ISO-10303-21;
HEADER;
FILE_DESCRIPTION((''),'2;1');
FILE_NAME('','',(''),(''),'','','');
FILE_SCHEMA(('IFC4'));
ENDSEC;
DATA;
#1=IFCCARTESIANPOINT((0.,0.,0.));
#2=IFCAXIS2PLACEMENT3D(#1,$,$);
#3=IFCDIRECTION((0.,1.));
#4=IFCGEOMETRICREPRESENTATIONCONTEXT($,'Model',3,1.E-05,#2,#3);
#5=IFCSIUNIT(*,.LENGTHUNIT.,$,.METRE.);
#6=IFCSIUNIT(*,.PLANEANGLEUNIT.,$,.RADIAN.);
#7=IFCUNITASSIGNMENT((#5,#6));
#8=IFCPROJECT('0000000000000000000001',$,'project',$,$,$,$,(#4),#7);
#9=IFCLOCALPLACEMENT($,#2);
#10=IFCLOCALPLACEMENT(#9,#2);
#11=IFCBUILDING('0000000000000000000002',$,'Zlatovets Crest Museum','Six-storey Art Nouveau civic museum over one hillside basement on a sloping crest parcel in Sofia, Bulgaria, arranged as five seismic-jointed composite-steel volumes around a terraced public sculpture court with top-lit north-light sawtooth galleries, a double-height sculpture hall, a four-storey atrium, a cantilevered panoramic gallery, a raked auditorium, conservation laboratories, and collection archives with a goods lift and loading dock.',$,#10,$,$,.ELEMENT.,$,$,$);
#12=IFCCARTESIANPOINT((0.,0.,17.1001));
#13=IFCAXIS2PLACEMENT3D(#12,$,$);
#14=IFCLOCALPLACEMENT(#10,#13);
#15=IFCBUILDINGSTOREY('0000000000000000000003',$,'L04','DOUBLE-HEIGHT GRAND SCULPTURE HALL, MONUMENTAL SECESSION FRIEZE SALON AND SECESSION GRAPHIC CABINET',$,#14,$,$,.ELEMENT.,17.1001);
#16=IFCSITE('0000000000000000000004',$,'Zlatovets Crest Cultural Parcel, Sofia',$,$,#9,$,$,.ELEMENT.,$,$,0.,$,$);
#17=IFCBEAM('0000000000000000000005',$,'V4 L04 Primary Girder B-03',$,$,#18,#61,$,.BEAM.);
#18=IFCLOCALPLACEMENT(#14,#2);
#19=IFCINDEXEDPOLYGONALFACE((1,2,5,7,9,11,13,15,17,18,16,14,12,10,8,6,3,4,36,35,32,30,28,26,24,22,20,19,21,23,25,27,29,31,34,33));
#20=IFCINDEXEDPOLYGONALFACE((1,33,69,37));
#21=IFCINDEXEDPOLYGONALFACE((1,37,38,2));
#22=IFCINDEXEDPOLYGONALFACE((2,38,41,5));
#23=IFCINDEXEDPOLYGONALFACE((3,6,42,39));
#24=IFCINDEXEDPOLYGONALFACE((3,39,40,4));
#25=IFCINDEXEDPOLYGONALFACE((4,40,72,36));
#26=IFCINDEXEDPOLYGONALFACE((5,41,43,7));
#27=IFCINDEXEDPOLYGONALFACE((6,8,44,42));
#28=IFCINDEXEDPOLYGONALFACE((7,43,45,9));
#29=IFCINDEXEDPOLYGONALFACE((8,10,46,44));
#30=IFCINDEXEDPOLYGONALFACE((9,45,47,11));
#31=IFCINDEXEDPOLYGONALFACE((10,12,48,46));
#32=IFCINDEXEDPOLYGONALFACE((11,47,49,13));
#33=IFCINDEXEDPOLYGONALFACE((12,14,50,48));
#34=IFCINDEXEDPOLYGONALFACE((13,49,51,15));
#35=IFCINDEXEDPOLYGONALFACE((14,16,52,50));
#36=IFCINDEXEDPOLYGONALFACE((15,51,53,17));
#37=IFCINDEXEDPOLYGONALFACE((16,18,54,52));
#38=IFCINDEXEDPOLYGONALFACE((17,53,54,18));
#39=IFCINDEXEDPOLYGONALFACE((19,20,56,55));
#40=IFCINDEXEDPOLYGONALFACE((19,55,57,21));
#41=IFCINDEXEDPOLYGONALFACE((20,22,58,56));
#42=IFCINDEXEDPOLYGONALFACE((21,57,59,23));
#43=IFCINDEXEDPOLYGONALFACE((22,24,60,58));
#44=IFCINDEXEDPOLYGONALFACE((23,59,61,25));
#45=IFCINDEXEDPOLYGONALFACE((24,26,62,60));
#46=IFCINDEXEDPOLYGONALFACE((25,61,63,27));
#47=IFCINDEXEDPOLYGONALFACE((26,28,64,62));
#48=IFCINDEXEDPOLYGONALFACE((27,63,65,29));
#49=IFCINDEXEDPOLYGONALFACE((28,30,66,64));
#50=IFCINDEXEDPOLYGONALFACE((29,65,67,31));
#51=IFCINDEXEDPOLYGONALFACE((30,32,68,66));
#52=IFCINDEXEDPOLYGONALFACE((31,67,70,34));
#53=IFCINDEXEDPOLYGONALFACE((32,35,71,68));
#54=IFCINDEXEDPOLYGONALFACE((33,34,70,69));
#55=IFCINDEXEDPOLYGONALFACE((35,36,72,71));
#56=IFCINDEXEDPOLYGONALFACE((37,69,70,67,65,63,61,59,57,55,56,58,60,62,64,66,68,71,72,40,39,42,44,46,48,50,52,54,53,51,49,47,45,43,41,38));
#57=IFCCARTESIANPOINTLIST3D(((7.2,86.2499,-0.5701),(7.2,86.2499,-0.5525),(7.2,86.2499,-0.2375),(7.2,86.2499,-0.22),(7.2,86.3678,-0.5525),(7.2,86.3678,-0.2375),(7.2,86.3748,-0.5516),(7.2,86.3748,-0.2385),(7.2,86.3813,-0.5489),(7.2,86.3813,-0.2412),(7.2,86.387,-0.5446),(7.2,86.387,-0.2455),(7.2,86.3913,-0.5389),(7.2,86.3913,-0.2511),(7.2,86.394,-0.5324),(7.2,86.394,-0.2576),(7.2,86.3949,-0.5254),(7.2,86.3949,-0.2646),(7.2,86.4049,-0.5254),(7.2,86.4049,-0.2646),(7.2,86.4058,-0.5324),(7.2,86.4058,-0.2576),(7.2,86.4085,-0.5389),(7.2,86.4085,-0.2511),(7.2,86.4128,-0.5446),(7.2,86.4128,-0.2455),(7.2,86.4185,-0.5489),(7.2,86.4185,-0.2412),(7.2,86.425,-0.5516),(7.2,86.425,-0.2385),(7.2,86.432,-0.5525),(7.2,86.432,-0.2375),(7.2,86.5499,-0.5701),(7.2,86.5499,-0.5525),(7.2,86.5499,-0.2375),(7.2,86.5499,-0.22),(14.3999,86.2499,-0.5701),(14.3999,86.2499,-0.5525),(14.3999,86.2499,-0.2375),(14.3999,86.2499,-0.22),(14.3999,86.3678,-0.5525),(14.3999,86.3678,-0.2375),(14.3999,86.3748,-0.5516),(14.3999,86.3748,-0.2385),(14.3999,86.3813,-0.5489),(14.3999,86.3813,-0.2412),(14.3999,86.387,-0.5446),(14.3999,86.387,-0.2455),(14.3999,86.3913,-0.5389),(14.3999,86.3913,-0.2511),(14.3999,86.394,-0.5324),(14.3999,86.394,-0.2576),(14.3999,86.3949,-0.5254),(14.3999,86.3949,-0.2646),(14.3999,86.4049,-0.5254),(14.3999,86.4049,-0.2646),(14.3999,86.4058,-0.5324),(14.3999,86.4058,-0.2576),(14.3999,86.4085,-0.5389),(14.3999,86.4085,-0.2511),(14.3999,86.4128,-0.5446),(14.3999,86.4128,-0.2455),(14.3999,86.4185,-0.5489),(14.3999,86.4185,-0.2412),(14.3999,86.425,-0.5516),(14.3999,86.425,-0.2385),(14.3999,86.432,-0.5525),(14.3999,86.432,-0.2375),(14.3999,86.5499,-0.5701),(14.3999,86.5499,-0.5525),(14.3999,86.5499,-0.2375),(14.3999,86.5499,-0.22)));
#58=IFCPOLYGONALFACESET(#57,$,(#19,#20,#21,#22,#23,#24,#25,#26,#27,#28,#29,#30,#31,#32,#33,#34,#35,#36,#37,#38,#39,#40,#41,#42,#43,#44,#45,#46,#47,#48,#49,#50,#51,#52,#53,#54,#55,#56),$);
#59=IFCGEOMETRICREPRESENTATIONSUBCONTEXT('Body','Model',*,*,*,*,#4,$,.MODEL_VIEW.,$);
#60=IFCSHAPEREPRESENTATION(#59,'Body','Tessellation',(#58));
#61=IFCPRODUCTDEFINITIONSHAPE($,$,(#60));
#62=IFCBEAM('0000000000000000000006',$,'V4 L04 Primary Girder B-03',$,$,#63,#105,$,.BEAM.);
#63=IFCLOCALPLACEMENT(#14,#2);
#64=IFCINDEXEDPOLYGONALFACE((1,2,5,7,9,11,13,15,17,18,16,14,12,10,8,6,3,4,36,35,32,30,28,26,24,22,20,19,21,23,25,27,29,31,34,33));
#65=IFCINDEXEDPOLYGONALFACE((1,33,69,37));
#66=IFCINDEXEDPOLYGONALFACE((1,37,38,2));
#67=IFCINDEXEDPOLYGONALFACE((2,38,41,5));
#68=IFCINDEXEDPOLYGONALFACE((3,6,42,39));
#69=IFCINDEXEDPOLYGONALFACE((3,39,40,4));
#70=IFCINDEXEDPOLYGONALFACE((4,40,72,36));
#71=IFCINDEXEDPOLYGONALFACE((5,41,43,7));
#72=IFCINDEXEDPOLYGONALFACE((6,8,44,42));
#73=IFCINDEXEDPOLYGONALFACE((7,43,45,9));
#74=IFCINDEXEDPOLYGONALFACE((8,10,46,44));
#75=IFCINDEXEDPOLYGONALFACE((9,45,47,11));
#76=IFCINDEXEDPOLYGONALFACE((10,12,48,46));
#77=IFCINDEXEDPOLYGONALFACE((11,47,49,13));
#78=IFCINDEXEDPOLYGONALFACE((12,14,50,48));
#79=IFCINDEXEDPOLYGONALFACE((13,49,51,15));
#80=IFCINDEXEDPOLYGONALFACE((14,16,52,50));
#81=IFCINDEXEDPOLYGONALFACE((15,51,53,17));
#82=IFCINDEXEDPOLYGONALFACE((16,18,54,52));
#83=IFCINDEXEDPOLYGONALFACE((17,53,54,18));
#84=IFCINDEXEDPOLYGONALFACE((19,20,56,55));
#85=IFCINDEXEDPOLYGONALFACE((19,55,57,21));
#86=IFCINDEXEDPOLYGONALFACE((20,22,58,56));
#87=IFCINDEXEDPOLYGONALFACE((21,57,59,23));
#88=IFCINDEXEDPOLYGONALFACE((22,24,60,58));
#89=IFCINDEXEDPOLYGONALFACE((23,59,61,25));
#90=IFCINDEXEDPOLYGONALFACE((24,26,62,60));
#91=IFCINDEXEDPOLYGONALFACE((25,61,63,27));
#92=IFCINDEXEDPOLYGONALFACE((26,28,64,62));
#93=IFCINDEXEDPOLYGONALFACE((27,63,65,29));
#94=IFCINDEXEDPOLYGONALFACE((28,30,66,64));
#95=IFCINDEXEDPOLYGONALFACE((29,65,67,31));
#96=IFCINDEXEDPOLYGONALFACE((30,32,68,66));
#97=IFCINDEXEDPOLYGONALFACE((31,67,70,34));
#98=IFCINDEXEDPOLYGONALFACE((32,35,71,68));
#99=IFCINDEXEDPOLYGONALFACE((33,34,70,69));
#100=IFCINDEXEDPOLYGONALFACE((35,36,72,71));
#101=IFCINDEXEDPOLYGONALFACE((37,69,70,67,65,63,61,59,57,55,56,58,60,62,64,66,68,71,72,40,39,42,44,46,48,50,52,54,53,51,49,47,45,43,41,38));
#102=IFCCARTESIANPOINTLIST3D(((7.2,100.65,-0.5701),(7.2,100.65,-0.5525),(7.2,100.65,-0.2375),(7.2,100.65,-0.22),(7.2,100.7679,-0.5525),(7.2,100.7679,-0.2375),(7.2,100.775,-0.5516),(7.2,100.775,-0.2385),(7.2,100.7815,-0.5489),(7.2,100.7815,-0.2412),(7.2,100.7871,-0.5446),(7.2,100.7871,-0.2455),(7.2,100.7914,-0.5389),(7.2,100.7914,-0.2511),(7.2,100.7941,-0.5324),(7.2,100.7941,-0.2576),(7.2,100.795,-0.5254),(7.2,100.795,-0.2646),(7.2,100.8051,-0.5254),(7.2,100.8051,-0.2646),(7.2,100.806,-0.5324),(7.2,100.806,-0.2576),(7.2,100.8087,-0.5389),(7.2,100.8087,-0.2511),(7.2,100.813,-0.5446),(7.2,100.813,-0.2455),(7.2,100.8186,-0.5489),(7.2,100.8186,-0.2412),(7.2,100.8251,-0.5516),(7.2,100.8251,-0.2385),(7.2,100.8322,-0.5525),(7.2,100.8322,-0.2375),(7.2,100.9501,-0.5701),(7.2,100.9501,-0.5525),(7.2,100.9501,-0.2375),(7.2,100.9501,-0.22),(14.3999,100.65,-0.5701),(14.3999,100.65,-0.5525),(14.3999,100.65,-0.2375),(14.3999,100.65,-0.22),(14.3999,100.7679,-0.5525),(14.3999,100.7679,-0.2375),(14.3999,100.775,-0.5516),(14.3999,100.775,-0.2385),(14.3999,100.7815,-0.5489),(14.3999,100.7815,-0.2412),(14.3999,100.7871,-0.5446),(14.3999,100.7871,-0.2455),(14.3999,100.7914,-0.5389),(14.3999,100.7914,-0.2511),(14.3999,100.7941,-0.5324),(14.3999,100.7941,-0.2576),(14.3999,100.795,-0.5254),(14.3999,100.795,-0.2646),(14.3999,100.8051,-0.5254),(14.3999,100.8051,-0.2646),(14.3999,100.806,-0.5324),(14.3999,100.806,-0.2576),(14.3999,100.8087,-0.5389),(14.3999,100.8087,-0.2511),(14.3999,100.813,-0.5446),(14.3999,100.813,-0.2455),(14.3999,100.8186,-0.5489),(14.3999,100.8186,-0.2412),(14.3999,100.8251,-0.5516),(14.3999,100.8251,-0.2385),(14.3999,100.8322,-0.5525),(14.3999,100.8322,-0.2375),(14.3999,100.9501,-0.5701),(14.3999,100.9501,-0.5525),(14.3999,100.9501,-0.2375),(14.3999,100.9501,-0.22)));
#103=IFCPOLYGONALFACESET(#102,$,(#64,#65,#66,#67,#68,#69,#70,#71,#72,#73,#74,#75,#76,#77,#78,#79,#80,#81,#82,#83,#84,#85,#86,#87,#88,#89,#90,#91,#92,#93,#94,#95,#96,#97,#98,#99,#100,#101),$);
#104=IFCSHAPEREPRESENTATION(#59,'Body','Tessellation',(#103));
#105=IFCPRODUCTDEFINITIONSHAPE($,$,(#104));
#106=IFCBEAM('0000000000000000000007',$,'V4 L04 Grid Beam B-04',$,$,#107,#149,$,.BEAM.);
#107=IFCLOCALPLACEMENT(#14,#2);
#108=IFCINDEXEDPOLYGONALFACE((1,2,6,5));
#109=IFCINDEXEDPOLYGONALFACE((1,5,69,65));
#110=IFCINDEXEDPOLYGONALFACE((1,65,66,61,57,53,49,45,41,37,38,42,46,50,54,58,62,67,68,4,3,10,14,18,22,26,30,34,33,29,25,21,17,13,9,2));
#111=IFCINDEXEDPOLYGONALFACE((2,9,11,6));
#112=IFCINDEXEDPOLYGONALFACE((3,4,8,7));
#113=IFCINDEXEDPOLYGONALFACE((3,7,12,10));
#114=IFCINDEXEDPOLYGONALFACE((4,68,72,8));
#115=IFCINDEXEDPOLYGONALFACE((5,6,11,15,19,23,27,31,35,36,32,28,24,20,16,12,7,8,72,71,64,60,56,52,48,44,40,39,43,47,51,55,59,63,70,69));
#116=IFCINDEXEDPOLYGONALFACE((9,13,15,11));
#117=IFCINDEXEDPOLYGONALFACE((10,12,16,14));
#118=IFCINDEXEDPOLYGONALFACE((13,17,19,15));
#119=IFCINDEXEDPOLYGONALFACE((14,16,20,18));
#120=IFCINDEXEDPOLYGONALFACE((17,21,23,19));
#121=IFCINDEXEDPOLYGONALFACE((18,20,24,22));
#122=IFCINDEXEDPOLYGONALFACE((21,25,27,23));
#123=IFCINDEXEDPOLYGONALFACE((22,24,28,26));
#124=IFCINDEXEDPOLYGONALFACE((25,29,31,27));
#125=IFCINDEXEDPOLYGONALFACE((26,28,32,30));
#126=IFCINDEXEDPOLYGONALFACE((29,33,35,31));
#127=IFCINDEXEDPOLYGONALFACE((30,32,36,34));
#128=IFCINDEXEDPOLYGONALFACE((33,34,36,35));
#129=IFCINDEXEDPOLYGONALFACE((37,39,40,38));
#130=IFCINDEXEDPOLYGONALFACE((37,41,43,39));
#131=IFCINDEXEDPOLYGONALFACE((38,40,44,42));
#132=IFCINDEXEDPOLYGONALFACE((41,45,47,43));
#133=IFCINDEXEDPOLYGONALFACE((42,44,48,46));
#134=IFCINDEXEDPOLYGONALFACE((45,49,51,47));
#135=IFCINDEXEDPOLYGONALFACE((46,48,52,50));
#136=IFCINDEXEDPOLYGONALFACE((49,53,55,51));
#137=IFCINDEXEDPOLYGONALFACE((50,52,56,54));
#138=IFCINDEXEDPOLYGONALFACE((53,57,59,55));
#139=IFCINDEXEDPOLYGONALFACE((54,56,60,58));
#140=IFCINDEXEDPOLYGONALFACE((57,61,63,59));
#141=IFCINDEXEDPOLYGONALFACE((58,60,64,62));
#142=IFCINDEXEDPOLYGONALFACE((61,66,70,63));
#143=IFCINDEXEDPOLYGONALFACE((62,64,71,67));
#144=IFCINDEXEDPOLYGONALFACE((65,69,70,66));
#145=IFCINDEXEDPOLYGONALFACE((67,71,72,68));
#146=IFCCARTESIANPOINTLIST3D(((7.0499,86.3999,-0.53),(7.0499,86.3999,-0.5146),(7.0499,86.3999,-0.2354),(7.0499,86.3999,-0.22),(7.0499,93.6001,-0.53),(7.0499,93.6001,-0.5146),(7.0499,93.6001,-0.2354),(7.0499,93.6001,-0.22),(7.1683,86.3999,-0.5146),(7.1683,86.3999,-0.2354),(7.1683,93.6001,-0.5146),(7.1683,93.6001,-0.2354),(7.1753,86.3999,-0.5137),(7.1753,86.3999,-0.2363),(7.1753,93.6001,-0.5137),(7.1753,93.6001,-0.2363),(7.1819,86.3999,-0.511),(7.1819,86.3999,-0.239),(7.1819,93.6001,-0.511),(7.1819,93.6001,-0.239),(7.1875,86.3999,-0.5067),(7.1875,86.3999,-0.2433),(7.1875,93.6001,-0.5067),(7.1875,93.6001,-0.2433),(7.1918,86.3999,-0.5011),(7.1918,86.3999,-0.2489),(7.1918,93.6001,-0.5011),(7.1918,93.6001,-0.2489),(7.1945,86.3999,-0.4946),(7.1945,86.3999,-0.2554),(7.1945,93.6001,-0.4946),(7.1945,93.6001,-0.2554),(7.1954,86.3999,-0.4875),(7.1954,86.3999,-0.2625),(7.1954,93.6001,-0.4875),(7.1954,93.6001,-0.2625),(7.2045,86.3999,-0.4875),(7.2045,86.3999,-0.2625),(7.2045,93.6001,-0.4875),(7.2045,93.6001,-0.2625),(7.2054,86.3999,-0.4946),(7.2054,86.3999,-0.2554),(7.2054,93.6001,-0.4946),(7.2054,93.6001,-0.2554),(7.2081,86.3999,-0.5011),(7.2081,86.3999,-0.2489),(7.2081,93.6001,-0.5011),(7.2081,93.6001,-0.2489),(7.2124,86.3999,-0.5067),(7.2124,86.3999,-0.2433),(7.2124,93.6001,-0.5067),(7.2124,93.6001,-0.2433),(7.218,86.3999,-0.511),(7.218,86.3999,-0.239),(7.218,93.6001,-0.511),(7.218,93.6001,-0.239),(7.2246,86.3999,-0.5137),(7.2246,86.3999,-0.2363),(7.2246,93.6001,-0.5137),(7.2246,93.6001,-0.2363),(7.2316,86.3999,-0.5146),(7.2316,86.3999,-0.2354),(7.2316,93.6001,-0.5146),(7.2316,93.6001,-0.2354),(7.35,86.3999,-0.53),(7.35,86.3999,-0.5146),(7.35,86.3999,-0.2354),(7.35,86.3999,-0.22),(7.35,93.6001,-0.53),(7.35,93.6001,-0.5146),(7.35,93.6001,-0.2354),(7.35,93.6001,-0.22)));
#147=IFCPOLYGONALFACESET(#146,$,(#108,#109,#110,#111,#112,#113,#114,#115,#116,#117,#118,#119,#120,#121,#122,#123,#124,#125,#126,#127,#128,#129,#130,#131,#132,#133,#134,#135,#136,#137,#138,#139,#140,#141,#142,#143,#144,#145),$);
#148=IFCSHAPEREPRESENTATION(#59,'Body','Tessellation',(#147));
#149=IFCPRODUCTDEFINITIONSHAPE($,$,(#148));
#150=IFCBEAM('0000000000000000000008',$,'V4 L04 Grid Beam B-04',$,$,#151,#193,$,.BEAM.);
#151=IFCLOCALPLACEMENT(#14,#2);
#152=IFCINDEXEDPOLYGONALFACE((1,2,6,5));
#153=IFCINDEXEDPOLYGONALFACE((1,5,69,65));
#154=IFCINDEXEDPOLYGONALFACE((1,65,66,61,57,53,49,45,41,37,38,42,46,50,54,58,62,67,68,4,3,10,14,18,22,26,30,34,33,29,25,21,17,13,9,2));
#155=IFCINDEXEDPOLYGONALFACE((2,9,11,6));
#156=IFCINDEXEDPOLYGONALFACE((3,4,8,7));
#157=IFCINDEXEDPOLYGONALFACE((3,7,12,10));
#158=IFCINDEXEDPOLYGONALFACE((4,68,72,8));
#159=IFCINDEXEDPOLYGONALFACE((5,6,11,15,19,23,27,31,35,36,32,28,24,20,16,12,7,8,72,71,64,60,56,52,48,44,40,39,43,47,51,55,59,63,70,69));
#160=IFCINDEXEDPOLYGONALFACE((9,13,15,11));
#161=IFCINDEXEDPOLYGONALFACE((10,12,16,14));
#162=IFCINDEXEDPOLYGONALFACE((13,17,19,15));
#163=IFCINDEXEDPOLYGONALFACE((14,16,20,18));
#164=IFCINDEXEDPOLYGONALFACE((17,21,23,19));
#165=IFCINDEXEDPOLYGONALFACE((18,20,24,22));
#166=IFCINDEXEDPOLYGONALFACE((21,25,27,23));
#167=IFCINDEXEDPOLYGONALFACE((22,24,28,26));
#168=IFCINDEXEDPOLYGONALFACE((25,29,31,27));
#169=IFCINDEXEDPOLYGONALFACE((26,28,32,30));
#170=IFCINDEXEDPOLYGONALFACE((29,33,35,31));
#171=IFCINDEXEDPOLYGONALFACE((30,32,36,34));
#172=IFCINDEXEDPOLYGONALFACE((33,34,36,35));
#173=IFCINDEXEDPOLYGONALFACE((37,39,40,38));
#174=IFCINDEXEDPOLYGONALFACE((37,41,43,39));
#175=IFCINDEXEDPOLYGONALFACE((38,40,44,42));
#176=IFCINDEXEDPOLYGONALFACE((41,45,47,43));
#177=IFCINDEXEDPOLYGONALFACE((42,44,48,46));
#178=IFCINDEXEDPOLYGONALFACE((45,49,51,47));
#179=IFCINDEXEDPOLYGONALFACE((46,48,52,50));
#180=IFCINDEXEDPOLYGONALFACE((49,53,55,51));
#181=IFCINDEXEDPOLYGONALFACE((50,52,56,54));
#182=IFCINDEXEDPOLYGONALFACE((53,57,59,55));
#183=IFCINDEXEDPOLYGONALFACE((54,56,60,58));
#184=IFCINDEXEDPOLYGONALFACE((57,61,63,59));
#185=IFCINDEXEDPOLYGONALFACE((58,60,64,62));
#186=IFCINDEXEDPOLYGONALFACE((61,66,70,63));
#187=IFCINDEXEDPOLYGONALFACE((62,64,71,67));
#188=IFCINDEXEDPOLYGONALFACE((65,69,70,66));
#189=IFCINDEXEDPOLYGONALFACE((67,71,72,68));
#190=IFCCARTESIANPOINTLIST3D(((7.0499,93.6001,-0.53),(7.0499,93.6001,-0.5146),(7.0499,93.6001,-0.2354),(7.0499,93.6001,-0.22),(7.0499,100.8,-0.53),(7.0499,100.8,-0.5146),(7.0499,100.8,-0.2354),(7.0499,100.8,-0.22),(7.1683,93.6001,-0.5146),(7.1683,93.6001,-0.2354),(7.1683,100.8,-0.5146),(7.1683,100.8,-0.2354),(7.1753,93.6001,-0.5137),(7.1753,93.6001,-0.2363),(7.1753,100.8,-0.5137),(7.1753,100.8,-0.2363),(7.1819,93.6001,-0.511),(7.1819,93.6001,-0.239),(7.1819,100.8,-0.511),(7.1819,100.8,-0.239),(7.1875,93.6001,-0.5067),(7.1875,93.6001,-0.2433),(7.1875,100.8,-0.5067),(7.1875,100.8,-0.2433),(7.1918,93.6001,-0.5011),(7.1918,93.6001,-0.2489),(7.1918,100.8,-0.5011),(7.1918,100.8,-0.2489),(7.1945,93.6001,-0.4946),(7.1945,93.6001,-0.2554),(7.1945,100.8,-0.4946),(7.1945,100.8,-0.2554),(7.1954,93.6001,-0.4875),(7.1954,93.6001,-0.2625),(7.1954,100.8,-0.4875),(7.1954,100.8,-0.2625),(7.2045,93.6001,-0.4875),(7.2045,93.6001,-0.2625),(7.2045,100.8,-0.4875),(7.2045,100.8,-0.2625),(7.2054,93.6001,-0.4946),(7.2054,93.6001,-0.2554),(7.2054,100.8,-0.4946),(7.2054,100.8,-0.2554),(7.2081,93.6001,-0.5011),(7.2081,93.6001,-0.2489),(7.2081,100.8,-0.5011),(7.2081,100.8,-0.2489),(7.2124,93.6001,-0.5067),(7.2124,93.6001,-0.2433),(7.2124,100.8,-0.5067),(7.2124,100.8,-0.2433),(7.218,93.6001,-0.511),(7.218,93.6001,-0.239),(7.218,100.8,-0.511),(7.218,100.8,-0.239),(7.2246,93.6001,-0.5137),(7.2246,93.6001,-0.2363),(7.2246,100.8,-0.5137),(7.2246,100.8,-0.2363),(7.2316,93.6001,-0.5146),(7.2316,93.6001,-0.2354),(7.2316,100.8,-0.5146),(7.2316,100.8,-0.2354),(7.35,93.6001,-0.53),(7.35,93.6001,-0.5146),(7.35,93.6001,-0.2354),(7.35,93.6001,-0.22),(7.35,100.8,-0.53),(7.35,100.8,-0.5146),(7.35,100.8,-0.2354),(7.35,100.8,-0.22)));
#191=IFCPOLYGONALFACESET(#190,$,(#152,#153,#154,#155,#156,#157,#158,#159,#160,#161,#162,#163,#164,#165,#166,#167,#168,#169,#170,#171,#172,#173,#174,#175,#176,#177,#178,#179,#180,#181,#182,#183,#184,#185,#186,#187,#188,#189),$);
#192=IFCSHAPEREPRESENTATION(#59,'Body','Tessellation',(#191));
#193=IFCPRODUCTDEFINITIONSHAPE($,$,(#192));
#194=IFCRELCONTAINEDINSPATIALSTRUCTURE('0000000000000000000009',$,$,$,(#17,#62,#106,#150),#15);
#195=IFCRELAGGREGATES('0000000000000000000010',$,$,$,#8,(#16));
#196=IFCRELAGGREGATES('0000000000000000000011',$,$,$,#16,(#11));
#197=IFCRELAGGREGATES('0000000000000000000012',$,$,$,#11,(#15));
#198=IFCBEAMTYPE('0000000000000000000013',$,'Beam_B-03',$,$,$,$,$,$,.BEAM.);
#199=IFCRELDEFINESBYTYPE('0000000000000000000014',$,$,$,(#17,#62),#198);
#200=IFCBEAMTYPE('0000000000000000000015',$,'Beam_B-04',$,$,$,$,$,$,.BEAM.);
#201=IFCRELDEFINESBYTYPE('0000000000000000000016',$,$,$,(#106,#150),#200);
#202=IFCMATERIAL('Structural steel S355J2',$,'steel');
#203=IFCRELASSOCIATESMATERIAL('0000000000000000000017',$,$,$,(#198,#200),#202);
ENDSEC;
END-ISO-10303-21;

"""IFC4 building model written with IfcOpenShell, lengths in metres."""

from ifc_helpers import new_model, si_unit, direction, frame, origin, origin_2d, place, context, subcontext, project, spatial, i_section, extrude, material, material_profile, profile_set, type_object, element, save


model = new_model("IFC4")

# Units and contexts
model_context = context("Model", 3, precision=1e-05, world=origin(), true_north=direction((0.0, 1.0)))
body_context = subcontext(model_context, "Body", "Model", "MODEL_VIEW")
ifc_project = project(units=[si_unit("LENGTHUNIT", "METRE"), si_unit("PLANEANGLEUNIT", "RADIAN")], contexts=[model_context])

# Site, building, storey
site_placement = place(None, origin())
site = spatial("IfcSite", under=ifc_project, at=site_placement, Name="Zlatovets Crest Cultural Parcel, Sofia", CompositionType="ELEMENT", RefElevation=0.0)
building_placement = place(site_placement, origin())
building = spatial("IfcBuilding", under=site, at=building_placement, Name="Zlatovets Crest Museum", Description="Six-storey Art Nouveau civic museum over one hillside basement on a sloping crest parcel in Sofia, Bulgaria, arranged as five seismic-jointed composite-steel volumes around a terraced public sculpture court with top-lit north-light sawtooth galleries, a double-height sculpture hall, a four-storey atrium, a cantilevered panoramic gallery, a raked auditorium, conservation laboratories, and collection archives with a goods lift and loading dock.", CompositionType="ELEMENT")
storey_placement = place(building_placement, frame((0.0, 0.0, 17.1001)))
storey = spatial("IfcBuildingStorey", under=building, at=storey_placement, Name="L04", Description="DOUBLE-HEIGHT GRAND SCULPTURE HALL, MONUMENTAL SECESSION FRIEZE SALON AND SECESSION GRAPHIC CABINET", CompositionType="ELEMENT", Elevation=17.1001)

# Beams
ifc_material_1 = material(Name="Structural steel S355J2", Category="steel")
ifc_material_profile_1 = material_profile(ifc_material_1, i_section(OverallWidth=0.3, OverallDepth=0.3501, WebThickness=0.01, FlangeThickness=0.0176, FilletRadius=0.0271, at=origin_2d()), Name="HEA 360")
ifc_profile_set_1 = profile_set([ifc_material_profile_1], Name="Structural steel S355J2")
beam_type_1 = type_object("IfcBeamType", Name="Beam_B-03", PredefinedType="BEAM", material=ifc_profile_set_1)
for number, where, z_axis, x_axis, name in (
    (1, (7.2, 86.3999, -0.395), (1.0, 0.0, 0.0), (0.0, 1.0, 0.0), "V4 L04 Primary Girder B-03"),
    (2, (7.2, 100.8, -0.395), (1.0, 0.0, 0.0), (0.0, 1.0, 0.0), "V4 L04 Primary Girder B-03"),
):
    element("IfcBeam", number, at=place(storey_placement, frame(where, z_axis=z_axis, x_axis=x_axis)), inside=storey, type_object=beam_type_1, Name=name, PredefinedType="BEAM", context=body_context, shape_type="SweptSolid", body=[
        extrude(i_section(OverallWidth=0.3, OverallDepth=0.3501, WebThickness=0.01, FlangeThickness=0.0176, FilletRadius=0.0271, at=origin_2d()), origin(), (0.0, 0.0, 1.0), 7.2),
    ])
ifc_material_profile_2 = material_profile(ifc_material_1, i_section(OverallWidth=0.3, OverallDepth=0.3101, WebThickness=0.009, FlangeThickness=0.0154, FilletRadius=0.0271, at=origin_2d()), Name="HEA 320")
ifc_profile_set_2 = profile_set([ifc_material_profile_2], Name="Structural steel S355J2")
beam_type_2 = type_object("IfcBeamType", Name="Beam_B-04", PredefinedType="BEAM", material=ifc_profile_set_2)
beam_1_placement = place(storey_placement, frame((7.2, 86.3999, -0.375), z_axis=(0.0, 1.0, 0.0), x_axis=(-1.0, 0.0, 0.0)))
element("IfcBeam", 3, at=beam_1_placement, inside=storey, type_object=beam_type_2, Name="V4 L04 Grid Beam B-04", PredefinedType="BEAM", context=body_context, shape_type="SweptSolid", body=[
    extrude(i_section(OverallWidth=0.3, OverallDepth=0.3101, WebThickness=0.009, FlangeThickness=0.0154, FilletRadius=0.0271, at=origin_2d()), origin(), (0.0, 0.0, 1.0), 7.2002),
])
beam_2_placement = place(storey_placement, frame((7.2, 93.6001, -0.375), z_axis=(0.0, 1.0, 0.0), x_axis=(-1.0, 0.0, 0.0)))
element("IfcBeam", 4, at=beam_2_placement, inside=storey, type_object=beam_type_2, Name="V4 L04 Grid Beam B-04", PredefinedType="BEAM", context=body_context, shape_type="SweptSolid", body=[
    extrude(i_section(OverallWidth=0.3, OverallDepth=0.3101, WebThickness=0.009, FlangeThickness=0.0154, FilletRadius=0.0271, at=origin_2d()), origin(), (0.0, 0.0, 1.0), 7.2),
])

save(model, "model.ifc")
